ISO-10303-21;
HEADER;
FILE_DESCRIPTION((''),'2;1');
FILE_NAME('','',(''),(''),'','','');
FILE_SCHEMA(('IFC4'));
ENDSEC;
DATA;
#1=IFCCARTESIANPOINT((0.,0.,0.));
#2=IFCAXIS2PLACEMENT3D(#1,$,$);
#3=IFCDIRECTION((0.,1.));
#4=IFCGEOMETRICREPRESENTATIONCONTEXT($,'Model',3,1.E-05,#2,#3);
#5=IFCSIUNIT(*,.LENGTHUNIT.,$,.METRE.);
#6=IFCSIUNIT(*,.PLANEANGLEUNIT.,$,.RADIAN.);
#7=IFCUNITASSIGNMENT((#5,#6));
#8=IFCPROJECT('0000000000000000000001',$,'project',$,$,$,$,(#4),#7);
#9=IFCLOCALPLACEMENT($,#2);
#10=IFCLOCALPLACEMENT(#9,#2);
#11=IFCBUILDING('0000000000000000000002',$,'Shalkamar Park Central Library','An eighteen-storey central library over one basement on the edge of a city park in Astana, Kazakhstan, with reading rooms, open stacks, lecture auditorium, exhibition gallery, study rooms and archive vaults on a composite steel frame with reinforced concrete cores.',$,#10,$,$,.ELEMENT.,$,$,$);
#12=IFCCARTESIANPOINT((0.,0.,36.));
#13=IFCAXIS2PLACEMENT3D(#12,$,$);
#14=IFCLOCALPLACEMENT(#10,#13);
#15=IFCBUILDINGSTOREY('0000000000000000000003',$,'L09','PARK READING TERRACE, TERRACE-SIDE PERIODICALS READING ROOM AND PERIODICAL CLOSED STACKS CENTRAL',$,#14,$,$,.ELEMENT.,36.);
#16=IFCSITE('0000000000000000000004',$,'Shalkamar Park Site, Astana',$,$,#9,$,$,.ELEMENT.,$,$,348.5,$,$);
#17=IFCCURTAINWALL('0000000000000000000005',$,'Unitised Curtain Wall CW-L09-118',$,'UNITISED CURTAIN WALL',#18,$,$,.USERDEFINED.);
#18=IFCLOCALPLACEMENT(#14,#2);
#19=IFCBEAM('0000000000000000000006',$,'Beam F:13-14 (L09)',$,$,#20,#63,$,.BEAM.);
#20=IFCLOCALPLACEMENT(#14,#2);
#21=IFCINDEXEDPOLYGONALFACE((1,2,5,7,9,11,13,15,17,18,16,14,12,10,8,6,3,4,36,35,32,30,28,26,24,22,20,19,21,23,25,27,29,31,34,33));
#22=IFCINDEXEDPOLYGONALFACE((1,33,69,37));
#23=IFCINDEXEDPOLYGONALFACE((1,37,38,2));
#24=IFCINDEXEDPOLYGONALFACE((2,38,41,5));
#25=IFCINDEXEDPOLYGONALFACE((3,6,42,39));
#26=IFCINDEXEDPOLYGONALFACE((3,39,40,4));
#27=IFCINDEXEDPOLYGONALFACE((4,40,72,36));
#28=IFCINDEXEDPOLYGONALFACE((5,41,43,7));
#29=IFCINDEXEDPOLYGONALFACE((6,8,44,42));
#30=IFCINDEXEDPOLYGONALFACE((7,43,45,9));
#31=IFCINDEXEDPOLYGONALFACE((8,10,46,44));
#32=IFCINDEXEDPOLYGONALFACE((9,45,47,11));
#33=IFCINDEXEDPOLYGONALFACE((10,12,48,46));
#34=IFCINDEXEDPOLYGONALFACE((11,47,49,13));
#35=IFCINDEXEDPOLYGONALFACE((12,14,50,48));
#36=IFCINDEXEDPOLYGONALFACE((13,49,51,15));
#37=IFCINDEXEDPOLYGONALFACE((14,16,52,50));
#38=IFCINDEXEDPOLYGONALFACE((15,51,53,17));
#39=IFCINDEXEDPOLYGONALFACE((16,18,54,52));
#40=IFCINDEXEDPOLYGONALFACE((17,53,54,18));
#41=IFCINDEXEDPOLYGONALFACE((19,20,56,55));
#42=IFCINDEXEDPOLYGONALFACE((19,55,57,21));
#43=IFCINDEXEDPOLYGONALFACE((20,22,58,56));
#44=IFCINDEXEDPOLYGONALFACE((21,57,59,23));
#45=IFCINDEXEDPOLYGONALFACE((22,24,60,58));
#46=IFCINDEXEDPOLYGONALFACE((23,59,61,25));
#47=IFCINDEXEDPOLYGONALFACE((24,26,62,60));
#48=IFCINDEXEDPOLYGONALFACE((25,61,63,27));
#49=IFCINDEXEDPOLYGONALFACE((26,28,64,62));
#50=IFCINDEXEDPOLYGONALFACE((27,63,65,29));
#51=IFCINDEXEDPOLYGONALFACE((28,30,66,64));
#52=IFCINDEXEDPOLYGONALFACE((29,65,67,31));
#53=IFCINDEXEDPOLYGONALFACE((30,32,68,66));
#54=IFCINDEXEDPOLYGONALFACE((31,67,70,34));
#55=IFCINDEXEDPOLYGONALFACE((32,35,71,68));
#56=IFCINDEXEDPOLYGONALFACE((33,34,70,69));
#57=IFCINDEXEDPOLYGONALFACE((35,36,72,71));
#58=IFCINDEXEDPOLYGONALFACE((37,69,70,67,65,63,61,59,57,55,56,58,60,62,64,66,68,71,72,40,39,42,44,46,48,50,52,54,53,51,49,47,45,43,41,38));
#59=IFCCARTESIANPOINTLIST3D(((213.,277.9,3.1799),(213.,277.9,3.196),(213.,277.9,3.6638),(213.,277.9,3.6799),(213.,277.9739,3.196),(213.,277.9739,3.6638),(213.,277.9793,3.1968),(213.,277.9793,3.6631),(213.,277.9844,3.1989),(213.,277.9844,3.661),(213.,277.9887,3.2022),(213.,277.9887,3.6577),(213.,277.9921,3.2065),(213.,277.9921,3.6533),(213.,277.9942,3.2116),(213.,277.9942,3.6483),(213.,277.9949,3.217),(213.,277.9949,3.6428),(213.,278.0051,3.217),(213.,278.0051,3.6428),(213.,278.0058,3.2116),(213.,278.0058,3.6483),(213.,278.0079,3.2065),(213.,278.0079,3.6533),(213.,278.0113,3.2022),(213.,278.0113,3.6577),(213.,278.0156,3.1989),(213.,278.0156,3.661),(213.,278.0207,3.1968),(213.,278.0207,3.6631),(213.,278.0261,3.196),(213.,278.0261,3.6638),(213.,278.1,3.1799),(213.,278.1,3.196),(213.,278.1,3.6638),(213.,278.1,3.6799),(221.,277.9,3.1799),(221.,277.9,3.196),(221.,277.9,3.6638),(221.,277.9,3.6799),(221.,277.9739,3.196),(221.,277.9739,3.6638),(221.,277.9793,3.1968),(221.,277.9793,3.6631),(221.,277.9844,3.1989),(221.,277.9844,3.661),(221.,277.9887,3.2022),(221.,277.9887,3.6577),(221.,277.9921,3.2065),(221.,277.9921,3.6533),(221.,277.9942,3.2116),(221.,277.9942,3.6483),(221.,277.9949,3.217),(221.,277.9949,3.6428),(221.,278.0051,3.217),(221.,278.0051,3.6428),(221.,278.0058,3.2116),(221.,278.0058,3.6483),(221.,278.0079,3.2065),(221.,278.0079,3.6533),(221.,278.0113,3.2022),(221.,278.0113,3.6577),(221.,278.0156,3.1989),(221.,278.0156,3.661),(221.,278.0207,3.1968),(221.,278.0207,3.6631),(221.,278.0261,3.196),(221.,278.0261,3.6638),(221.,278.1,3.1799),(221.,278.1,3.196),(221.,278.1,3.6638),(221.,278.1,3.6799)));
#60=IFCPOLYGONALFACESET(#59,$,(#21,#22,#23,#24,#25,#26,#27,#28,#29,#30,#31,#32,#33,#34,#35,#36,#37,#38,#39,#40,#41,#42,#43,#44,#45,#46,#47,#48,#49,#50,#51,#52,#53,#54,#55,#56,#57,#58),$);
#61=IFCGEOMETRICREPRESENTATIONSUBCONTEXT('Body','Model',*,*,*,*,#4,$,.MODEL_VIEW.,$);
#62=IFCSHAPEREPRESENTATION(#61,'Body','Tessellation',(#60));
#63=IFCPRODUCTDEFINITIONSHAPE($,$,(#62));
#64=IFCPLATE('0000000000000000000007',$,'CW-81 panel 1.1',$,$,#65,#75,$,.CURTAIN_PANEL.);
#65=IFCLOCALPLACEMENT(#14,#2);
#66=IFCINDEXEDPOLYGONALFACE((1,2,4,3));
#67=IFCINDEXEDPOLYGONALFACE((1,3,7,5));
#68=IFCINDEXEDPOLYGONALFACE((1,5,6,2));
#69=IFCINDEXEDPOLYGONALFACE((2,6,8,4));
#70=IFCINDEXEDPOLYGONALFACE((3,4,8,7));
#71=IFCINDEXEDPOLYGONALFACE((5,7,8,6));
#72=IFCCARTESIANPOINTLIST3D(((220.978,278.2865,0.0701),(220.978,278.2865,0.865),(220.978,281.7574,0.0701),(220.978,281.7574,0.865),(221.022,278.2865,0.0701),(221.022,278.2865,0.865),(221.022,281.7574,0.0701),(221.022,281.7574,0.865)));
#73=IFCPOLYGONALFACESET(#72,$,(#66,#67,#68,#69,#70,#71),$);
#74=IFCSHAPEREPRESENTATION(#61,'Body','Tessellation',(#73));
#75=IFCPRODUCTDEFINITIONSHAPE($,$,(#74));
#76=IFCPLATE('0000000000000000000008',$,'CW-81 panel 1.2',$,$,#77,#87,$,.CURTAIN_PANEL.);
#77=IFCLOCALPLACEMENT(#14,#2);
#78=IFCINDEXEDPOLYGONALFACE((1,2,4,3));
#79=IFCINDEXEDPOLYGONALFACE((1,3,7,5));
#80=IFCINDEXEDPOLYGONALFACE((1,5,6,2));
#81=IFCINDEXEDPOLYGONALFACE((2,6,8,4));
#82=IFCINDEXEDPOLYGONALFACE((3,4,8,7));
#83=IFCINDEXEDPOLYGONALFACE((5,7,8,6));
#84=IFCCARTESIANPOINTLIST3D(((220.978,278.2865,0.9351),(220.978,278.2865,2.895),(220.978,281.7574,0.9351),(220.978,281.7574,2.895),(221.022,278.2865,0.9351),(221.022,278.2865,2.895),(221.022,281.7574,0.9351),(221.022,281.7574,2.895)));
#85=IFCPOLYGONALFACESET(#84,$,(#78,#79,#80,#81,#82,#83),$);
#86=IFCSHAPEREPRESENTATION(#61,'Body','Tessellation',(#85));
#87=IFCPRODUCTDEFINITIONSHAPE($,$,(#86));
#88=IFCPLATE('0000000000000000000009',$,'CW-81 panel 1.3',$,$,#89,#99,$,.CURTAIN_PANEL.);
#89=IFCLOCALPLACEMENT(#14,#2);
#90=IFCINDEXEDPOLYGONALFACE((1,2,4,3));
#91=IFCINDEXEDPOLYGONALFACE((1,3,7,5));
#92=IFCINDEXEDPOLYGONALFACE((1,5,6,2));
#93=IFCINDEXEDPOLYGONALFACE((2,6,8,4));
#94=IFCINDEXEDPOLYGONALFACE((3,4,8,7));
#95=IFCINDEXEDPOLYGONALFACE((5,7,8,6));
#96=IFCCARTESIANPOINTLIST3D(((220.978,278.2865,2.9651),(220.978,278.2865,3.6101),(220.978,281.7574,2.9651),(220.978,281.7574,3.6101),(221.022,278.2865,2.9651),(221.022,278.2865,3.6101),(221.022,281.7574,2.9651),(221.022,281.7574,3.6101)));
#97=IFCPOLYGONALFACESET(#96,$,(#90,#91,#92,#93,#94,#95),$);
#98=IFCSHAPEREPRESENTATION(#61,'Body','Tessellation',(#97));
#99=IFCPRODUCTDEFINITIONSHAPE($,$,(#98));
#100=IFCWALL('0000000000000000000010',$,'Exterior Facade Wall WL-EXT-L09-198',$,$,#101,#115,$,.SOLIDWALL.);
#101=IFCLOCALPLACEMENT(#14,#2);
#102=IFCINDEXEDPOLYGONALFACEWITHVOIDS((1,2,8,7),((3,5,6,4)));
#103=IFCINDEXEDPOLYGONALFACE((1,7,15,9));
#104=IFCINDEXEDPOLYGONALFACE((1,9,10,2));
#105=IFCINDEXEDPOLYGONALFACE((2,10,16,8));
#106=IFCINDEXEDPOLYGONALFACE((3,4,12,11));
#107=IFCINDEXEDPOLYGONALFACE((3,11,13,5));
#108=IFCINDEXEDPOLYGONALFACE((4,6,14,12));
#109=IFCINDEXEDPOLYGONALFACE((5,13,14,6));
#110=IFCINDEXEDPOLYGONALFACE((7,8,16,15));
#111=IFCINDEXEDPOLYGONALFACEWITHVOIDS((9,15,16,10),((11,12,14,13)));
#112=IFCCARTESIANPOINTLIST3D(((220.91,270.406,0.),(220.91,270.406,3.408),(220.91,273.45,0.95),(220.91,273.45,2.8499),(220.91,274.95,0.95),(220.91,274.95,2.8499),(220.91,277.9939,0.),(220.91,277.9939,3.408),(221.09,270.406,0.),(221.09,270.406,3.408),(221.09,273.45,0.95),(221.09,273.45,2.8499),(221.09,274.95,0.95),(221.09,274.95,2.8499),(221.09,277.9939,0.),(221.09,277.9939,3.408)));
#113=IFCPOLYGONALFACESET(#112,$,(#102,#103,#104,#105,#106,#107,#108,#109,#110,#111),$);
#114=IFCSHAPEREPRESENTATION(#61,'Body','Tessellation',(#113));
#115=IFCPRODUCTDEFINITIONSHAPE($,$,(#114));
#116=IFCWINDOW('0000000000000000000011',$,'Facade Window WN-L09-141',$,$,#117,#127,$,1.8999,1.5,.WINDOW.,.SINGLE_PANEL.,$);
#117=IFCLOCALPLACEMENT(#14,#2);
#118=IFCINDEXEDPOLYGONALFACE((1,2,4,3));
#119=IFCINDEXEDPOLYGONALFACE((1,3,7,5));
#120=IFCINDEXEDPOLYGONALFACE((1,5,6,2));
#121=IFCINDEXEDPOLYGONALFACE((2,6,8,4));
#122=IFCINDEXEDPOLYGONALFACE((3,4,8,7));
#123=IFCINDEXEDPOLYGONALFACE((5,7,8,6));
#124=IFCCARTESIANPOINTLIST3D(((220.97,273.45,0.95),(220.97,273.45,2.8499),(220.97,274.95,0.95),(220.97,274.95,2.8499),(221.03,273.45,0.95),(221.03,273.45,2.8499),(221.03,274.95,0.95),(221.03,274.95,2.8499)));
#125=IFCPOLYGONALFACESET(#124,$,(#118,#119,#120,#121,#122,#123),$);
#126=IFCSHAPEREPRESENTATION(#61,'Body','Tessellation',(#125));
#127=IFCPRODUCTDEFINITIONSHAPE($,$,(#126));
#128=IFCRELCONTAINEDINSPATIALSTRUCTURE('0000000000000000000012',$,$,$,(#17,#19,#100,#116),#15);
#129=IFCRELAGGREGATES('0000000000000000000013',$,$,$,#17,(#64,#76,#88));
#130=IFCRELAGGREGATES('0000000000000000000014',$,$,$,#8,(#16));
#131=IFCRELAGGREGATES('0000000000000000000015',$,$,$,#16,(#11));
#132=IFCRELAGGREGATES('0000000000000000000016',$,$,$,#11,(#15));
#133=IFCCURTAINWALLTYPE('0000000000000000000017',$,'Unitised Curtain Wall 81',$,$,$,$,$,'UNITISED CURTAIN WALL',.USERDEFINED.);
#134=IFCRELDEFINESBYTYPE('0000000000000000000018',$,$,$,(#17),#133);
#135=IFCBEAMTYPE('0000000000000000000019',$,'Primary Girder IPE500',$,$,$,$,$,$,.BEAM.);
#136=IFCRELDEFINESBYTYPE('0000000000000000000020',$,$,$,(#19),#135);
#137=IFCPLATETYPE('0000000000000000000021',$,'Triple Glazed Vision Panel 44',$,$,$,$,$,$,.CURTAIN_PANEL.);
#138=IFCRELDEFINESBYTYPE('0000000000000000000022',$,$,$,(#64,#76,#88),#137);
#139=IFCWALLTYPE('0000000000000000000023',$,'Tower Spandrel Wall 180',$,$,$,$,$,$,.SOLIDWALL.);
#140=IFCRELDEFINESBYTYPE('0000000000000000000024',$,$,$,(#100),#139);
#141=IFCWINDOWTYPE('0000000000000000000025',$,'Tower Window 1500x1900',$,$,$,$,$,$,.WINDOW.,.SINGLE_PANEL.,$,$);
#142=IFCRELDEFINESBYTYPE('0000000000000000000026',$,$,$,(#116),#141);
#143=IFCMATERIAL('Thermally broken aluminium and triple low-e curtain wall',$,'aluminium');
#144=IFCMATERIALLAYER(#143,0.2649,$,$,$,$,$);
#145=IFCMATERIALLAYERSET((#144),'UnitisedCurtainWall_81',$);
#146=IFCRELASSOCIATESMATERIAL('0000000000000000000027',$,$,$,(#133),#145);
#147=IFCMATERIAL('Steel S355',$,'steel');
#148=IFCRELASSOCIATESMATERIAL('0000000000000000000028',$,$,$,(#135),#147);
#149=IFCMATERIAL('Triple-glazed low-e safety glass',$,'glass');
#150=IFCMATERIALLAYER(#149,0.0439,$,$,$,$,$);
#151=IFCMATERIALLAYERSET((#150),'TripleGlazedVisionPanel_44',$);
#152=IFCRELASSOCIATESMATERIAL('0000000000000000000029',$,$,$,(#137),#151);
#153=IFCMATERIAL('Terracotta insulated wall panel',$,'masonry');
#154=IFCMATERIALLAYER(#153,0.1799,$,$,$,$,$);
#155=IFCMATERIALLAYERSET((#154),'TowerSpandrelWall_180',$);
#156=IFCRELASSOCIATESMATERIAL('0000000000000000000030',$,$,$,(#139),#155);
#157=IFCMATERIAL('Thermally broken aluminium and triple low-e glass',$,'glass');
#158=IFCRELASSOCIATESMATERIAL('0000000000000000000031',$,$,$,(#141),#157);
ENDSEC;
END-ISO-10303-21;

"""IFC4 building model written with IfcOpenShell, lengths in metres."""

from ifc_helpers import new_model, si_unit, direction, frame, frame_2d, origin, origin_2d, place, context, subcontext, project, spatial, rectangle, i_section, extrude, material, layer, layer_set, material_profile, profile_set, type_object, element, fill, aggregate, save


model = new_model("IFC4")

# Units and contexts
model_context = context("Model", 3, precision=1e-05, world=origin(), true_north=direction((0.0, 1.0)))
body_context = subcontext(model_context, "Body", "Model", "MODEL_VIEW")
ifc_project = project(units=[si_unit("LENGTHUNIT", "METRE"), si_unit("PLANEANGLEUNIT", "RADIAN")], contexts=[model_context])

# Site, building, storey
site_placement = place(None, origin())
site = spatial("IfcSite", under=ifc_project, at=site_placement, Name="Shalkamar Park Site, Astana", CompositionType="ELEMENT", RefElevation=348.5)
building_placement = place(site_placement, origin())
building = spatial("IfcBuilding", under=site, at=building_placement, Name="Shalkamar Park Central Library", Description="An eighteen-storey central library over one basement on the edge of a city park in Astana, Kazakhstan, with reading rooms, open stacks, lecture auditorium, exhibition gallery, study rooms and archive vaults on a composite steel frame with reinforced concrete cores.", CompositionType="ELEMENT")
storey_placement = place(building_placement, frame((0.0, 0.0, 36.0)))
storey = spatial("IfcBuildingStorey", under=building, at=storey_placement, Name="L09", Description="PARK READING TERRACE, TERRACE-SIDE PERIODICALS READING ROOM AND PERIODICAL CLOSED STACKS CENTRAL", CompositionType="ELEMENT", Elevation=36.0)

# Shared definitions
ifc_material_1 = material(Name="Steel S355", Category="steel")

# Curtain wall
ifc_material_2 = material(Name="Thermally broken aluminium and triple low-e curtain wall", Category="aluminium")
ifc_layer_1 = layer(ifc_material_2, 0.2649)
ifc_layer_set_1 = layer_set([ifc_layer_1], Name="UnitisedCurtainWall_81")
curtain_wall_type = type_object("IfcCurtainWallType", Name="Unitised Curtain Wall 81", ElementType="UNITISED CURTAIN WALL", PredefinedType="USERDEFINED", material=ifc_layer_set_1)
curtain_wall_placement = place(storey_placement, origin())
curtain_wall = element("IfcCurtainWall", 1, at=curtain_wall_placement, inside=storey, type_object=curtain_wall_type, Name="Unitised Curtain Wall CW-L09-118", ObjectType="UNITISED CURTAIN WALL", PredefinedType="USERDEFINED")

# Beam
ifc_material_profile_1 = material_profile(ifc_material_1, i_section(OverallWidth=0.2, OverallDepth=0.5, WebThickness=0.0103, FlangeThickness=0.0161, FilletRadius=0.021, at=origin_2d()), Name="IPE 500")
ifc_profile_set_1 = profile_set([ifc_material_profile_1], Name="Steel S355")
beam_type_1 = type_object("IfcBeamType", Name="Primary Girder IPE500", PredefinedType="BEAM", material=ifc_profile_set_1)
for number, where, z_axis, x_axis, name in (
    (2, (213.0, 278.0, 3.4299), (1.0, 0.0, 0.0), (0.0, 1.0, 0.0), "Beam F:13-14 (L09)"),
):
    element("IfcBeam", number, at=place(storey_placement, frame(where, z_axis=z_axis, x_axis=x_axis)), inside=storey, type_object=beam_type_1, Name=name, PredefinedType="BEAM", context=body_context, shape_type="SweptSolid", body=[
        extrude(i_section(OverallWidth=0.2, OverallDepth=0.5, WebThickness=0.0103, FlangeThickness=0.0161, FilletRadius=0.021, at=origin_2d()), origin(), (0.0, 0.0, 1.0), 8.0),
    ])

# Plates
ifc_material_3 = material(Name="Triple-glazed low-e safety glass", Category="glass")
ifc_layer_2 = layer(ifc_material_3, 0.0439)
ifc_layer_set_2 = layer_set([ifc_layer_2], Name="TripleGlazedVisionPanel_44")
plate_type = type_object("IfcPlateType", Name="Triple Glazed Vision Panel 44", PredefinedType="CURTAIN_PANEL", material=ifc_layer_set_2)
plate_1_placement = place(storey_placement, frame((221.0, 280.022, 0.0701), z_axis=(0.0, 0.0, 1.0), x_axis=(0.0, 1.0, 0.0)))
plate_1 = element("IfcPlate", 3, at=plate_1_placement, type_object=plate_type, Name="CW-81 panel 1.1", PredefinedType="CURTAIN_PANEL", context=body_context, shape_type="SweptSolid", body=[
    extrude(rectangle(XDim=3.4709, YDim=0.0439, at=origin_2d()), origin(), (0.0, 0.0, 1.0), 0.7949),
])
plate_2_placement = place(storey_placement, frame((221.0, 280.022, 0.9351), z_axis=(0.0, 0.0, 1.0), x_axis=(0.0, 1.0, 0.0)))
plate_2 = element("IfcPlate", 4, at=plate_2_placement, type_object=plate_type, Name="CW-81 panel 1.2", PredefinedType="CURTAIN_PANEL", context=body_context, shape_type="SweptSolid", body=[
    extrude(rectangle(XDim=3.4709, YDim=0.0439, at=origin_2d()), origin(), (0.0, 0.0, 1.0), 1.96),
])
plate_3_placement = place(storey_placement, frame((221.0, 280.022, 2.9651), z_axis=(0.0, 0.0, 1.0), x_axis=(0.0, 1.0, 0.0)))
plate_3 = element("IfcPlate", 5, at=plate_3_placement, type_object=plate_type, Name="CW-81 panel 1.3", PredefinedType="CURTAIN_PANEL", context=body_context, shape_type="SweptSolid", body=[
    extrude(rectangle(XDim=3.4709, YDim=0.0439, at=origin_2d()), origin(), (0.0, 0.0, 1.0), 0.645),
])
aggregate(curtain_wall, [plate_1, plate_2, plate_3])

# Wall, opening, window
ifc_material_4 = material(Name="Terracotta insulated wall panel", Category="masonry")
ifc_layer_3 = layer(ifc_material_4, 0.1799)
ifc_layer_set_3 = layer_set([ifc_layer_3], Name="TowerSpandrelWall_180")
wall_type = type_object("IfcWallType", Name="Tower Spandrel Wall 180", PredefinedType="SOLIDWALL", material=ifc_layer_set_3)
wall_placement = place(storey_placement, frame((221.0, 270.406, 0.0), z_axis=(0.0, 0.0, 1.0), x_axis=(0.0, 1.0, 0.0)))
wall = element("IfcWall", 6, at=wall_placement, inside=storey, type_object=wall_type, Name="Exterior Facade Wall WL-EXT-L09-198", PredefinedType="SOLIDWALL", context=body_context, shape_type="SweptSolid", body=[
    extrude(rectangle(XDim=7.5879, YDim=0.1799, at=frame_2d((3.7939, 0.0))), origin(), (0.0, 0.0, 1.0), 3.408),
])
opening_placement = place(wall_placement, frame((3.0439, 0.0, 0.95)))
opening = element("IfcOpeningElement", 7, at=opening_placement, cuts=wall, PredefinedType="OPENING", context=body_context, shape_type="SweptSolid", body=[
    extrude(rectangle(XDim=1.5, YDim=1.8999, at=frame_2d((0.75, 0.95))), frame((0.0, 0.105, 0.0), z_axis=(0.0, -1.0, 0.0), x_axis=(1.0, 0.0, 0.0)), (0.0, 0.0, 1.0), 0.2097),
])
ifc_material_5 = material(Name="Thermally broken aluminium and triple low-e glass", Category="glass")
window_type = type_object("IfcWindowType", Name="Tower Window 1500x1900", PartitioningType="SINGLE_PANEL", PredefinedType="WINDOW", material=ifc_material_5)
window_placement = place(opening_placement, origin())
window = element("IfcWindow", 8, at=window_placement, inside=storey, type_object=window_type, Name="Facade Window WN-L09-141", OverallHeight=1.8999, OverallWidth=1.5, PartitioningType="SINGLE_PANEL", PredefinedType="WINDOW", context=body_context, shape_type="SweptSolid", body=[
    extrude(rectangle(XDim=1.5, YDim=1.8999, at=frame_2d((0.75, 0.95))), frame((0.0, 0.03, 0.0), z_axis=(0.0, -1.0, 0.0), x_axis=(1.0, 0.0, 0.0)), (0.0, 0.0, 1.0), 0.0601),
])
fill(opening, window)

save(model, "model.ifc")
